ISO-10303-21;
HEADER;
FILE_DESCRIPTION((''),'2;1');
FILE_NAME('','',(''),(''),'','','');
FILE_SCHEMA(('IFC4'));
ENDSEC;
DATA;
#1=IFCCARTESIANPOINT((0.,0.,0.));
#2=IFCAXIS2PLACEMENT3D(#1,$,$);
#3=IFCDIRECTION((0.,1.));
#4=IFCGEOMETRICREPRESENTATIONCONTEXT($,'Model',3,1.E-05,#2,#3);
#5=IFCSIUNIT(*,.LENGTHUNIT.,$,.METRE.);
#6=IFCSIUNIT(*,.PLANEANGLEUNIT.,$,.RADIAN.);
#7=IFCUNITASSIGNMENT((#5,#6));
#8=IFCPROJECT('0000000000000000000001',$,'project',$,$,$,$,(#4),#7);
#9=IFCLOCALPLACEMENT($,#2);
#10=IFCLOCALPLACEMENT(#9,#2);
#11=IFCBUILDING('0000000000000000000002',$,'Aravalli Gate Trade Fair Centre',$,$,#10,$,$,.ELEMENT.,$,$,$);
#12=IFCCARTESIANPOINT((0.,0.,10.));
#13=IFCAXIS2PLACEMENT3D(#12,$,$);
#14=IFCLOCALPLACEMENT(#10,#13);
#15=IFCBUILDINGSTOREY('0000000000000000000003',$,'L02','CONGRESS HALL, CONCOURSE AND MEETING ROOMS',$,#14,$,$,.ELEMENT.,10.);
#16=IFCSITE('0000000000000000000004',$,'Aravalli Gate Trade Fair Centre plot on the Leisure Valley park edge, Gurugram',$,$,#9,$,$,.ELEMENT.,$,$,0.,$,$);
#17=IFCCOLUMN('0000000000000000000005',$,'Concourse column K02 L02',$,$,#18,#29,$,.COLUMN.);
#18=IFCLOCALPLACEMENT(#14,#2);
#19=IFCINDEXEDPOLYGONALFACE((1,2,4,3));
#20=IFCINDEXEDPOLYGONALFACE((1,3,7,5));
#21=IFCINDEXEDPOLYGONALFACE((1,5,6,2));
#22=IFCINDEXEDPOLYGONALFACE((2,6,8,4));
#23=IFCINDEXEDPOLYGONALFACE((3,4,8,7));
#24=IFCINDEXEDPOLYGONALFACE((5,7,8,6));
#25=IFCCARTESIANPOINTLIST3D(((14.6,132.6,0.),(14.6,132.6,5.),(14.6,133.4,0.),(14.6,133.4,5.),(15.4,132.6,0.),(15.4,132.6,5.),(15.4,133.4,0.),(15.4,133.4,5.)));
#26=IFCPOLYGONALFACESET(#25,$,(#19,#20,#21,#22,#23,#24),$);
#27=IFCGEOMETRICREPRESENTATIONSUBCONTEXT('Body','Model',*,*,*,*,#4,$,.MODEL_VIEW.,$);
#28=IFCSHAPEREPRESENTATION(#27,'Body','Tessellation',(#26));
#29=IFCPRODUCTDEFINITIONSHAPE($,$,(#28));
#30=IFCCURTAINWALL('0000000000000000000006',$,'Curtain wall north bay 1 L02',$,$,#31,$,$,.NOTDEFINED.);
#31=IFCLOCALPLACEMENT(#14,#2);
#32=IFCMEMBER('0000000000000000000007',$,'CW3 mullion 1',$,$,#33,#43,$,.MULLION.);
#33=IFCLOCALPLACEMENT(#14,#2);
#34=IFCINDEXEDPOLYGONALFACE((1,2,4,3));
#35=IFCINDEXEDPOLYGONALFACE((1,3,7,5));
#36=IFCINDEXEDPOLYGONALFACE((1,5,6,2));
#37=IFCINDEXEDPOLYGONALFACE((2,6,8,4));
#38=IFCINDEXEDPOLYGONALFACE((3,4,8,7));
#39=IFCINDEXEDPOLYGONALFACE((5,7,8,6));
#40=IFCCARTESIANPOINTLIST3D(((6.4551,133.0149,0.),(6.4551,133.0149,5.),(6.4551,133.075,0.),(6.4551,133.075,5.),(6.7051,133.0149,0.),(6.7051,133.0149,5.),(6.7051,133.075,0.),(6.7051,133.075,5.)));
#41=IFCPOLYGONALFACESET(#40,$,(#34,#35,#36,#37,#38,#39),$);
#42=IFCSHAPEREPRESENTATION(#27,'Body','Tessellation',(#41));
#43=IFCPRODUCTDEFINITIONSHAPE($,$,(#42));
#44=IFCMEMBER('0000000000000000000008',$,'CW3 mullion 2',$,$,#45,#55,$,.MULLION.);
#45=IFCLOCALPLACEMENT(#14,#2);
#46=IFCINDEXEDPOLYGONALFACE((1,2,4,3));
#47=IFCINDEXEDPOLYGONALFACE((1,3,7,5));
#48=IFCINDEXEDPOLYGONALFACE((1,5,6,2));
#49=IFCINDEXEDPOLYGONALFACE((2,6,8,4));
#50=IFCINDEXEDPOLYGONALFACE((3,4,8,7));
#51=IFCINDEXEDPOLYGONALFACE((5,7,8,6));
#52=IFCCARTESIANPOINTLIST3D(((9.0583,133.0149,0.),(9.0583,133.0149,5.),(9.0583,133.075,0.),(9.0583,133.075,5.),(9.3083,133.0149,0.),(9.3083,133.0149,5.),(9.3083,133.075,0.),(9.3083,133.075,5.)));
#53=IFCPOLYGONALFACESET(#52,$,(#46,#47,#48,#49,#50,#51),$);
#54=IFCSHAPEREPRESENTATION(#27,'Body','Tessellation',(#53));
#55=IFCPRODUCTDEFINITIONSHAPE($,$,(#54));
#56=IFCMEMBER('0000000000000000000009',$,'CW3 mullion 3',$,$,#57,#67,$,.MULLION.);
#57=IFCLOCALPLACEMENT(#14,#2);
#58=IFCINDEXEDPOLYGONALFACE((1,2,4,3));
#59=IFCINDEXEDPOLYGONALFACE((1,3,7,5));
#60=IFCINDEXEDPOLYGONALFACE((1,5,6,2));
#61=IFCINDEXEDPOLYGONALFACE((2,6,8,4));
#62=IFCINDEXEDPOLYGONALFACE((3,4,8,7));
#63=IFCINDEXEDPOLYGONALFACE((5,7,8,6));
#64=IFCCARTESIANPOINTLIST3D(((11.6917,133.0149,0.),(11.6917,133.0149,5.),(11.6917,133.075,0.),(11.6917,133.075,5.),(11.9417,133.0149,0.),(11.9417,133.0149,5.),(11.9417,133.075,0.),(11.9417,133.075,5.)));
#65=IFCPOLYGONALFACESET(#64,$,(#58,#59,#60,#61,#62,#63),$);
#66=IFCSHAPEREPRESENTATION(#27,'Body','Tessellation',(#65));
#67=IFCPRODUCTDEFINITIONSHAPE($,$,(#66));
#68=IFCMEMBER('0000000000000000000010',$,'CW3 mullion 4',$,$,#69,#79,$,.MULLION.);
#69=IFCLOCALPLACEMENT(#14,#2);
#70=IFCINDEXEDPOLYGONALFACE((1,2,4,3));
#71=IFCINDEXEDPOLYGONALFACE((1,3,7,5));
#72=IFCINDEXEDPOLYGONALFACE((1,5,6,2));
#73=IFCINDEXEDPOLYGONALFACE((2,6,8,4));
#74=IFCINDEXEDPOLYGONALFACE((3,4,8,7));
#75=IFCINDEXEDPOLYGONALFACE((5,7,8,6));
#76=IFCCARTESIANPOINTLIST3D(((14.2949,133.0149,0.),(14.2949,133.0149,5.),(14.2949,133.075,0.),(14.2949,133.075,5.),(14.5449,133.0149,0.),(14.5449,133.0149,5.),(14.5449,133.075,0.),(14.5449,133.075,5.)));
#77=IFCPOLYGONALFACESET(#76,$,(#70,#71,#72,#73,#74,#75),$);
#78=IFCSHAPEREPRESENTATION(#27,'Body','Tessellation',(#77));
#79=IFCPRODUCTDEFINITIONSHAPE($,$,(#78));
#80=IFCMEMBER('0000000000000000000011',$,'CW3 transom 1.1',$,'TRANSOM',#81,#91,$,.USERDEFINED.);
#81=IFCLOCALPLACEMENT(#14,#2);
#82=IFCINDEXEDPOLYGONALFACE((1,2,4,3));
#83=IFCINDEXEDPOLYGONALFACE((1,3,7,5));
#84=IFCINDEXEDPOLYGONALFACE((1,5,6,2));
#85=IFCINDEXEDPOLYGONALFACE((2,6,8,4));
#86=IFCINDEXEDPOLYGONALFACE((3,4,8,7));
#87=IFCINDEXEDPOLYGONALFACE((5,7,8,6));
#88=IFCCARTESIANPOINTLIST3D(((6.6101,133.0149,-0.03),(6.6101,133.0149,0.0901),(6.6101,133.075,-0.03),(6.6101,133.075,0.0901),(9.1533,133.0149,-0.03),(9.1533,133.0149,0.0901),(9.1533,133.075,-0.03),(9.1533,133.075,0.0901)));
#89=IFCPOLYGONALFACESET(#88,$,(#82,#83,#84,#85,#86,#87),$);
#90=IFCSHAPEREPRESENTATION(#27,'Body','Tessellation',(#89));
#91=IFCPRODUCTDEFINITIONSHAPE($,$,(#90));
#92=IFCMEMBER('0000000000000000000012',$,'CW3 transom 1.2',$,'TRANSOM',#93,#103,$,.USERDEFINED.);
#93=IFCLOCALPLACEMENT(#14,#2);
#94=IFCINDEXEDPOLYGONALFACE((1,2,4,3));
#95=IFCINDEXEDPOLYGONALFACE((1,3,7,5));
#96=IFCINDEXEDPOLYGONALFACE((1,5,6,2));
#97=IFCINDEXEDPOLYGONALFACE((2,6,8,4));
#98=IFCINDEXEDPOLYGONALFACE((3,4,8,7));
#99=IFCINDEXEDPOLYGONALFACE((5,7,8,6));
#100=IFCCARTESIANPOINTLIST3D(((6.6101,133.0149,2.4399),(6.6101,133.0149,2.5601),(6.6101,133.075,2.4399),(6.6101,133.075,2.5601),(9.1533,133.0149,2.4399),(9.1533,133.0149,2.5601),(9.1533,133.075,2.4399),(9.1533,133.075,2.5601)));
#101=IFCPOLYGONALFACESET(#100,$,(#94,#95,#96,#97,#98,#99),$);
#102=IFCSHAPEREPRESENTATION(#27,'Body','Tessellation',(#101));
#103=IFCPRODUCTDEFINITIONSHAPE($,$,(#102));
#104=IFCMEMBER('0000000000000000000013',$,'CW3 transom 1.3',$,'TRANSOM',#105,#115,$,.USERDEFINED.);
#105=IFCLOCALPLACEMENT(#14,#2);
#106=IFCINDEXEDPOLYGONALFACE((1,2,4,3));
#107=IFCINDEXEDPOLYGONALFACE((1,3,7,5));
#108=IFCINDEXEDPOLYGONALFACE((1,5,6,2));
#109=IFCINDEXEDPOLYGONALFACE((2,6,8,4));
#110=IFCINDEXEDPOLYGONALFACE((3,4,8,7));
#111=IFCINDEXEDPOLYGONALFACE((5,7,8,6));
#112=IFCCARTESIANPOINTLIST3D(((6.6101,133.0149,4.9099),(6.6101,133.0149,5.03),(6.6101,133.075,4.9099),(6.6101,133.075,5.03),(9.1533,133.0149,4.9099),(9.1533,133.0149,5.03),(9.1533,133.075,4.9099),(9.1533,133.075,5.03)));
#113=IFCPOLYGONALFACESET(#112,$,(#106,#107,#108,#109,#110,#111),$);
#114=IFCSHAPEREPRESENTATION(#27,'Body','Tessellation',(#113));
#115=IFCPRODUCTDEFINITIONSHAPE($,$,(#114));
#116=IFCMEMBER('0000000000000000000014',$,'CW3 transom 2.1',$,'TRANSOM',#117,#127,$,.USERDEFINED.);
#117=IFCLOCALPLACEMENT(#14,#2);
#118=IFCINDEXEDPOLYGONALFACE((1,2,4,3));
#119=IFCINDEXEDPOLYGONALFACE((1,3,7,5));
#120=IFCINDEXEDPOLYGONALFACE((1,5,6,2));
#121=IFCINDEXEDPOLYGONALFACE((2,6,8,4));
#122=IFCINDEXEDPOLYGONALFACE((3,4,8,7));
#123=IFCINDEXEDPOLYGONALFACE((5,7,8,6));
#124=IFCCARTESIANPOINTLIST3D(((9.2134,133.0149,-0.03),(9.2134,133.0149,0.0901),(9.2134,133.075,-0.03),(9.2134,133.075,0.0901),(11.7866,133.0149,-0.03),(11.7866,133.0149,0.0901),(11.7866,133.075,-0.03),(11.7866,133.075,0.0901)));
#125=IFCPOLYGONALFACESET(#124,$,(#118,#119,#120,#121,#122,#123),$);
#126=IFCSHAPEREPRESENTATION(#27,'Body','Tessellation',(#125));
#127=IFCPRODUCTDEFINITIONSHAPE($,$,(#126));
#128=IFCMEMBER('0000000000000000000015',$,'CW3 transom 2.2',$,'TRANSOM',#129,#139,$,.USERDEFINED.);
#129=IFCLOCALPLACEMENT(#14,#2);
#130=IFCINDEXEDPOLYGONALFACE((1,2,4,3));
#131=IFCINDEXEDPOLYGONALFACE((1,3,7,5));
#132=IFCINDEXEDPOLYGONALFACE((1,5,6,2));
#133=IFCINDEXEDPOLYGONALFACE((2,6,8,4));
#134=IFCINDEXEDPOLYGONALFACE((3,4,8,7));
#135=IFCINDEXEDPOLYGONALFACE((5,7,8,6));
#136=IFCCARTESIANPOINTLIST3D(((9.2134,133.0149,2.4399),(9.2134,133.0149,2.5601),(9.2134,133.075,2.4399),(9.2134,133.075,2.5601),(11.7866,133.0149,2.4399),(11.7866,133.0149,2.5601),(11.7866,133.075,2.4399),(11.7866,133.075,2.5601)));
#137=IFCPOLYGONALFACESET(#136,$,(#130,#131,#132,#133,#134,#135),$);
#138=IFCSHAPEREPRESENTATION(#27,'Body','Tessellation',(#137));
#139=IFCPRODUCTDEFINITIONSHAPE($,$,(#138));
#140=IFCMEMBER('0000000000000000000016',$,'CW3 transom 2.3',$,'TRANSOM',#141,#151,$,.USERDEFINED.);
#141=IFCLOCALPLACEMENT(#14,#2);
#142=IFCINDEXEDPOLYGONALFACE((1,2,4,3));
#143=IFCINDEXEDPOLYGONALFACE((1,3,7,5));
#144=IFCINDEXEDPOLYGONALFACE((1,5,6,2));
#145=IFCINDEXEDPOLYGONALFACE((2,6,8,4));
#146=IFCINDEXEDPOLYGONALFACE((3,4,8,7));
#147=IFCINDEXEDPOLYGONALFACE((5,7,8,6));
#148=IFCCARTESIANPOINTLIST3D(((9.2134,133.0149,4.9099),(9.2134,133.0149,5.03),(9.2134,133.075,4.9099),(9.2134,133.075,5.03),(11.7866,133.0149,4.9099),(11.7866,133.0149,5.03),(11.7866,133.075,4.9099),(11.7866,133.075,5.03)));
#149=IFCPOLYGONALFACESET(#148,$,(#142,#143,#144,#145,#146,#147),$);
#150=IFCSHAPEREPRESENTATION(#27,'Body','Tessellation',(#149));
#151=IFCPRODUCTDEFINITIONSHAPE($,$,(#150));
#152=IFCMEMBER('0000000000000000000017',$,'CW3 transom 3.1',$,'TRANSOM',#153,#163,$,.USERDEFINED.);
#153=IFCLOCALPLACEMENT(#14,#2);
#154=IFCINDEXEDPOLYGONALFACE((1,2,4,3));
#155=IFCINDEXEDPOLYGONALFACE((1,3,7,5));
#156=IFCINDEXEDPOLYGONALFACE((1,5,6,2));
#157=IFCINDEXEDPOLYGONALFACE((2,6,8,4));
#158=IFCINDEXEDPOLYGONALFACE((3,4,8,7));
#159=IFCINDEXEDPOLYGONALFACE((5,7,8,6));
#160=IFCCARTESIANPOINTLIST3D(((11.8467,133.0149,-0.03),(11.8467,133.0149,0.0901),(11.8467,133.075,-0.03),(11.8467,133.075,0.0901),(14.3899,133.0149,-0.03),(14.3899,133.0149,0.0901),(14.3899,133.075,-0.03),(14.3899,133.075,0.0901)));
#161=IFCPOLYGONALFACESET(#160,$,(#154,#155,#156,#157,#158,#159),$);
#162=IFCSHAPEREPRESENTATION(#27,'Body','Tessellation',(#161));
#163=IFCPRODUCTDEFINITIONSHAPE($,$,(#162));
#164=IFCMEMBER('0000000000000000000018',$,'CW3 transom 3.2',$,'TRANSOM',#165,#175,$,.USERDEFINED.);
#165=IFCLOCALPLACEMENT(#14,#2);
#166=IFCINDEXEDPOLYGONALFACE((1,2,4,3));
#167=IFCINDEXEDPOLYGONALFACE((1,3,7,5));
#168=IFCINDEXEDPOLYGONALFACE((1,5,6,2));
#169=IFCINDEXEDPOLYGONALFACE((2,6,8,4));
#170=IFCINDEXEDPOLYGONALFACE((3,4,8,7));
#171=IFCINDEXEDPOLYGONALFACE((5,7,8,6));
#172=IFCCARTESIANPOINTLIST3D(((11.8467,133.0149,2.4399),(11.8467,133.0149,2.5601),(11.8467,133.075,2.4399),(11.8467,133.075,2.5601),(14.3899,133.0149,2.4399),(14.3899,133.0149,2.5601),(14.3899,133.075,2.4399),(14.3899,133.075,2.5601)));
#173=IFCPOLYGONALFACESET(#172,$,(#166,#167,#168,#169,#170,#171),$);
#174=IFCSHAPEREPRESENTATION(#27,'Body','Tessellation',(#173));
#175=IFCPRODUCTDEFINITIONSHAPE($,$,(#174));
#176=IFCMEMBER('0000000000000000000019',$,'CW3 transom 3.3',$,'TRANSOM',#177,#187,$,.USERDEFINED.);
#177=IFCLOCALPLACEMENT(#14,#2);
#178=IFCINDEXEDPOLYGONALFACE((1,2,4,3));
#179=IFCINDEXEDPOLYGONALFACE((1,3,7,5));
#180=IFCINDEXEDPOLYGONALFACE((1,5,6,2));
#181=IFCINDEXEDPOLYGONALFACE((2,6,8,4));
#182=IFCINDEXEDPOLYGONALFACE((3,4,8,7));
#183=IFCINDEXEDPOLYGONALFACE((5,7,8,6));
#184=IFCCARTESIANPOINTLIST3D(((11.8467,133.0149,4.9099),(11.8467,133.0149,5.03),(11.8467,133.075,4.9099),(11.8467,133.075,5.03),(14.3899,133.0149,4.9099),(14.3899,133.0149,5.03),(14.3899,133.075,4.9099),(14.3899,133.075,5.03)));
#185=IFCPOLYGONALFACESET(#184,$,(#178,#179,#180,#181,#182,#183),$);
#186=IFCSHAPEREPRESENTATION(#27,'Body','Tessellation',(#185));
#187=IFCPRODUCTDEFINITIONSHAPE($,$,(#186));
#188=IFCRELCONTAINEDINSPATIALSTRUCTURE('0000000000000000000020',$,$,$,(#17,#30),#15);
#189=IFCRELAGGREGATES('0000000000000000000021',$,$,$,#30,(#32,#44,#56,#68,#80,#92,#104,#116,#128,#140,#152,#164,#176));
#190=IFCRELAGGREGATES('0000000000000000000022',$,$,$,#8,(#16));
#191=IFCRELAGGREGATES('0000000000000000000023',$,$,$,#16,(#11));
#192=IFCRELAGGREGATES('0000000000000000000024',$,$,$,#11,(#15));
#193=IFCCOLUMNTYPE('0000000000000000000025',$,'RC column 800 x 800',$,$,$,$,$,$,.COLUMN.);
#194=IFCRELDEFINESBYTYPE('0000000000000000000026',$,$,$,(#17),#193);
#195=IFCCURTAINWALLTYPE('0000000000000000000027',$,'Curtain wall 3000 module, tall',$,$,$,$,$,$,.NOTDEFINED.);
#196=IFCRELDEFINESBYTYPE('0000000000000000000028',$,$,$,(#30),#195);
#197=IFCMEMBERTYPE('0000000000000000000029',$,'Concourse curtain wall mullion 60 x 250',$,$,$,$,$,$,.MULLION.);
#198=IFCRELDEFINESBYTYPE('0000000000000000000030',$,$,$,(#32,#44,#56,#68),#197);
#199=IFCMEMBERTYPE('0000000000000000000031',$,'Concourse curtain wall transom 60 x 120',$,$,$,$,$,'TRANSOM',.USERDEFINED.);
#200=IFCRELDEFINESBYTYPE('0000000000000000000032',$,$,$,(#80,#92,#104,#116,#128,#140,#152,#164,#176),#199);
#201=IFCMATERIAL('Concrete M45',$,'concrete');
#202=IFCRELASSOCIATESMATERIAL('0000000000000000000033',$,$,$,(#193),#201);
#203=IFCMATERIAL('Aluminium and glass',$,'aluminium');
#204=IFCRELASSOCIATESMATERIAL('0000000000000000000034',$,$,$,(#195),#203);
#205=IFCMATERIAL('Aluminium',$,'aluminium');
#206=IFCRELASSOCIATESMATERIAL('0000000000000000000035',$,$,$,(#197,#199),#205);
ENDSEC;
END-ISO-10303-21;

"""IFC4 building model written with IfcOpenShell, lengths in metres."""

from ifc_helpers import new_model, si_unit, direction, frame, origin, origin_2d, place, context, subcontext, project, spatial, rectangle, extrude, material, material_profile, profile_set, type_object, element, aggregate, save


model = new_model("IFC4")

# Units and contexts
model_context = context("Model", 3, precision=1e-05, world=origin(), true_north=direction((0.0, 1.0)))
body_context = subcontext(model_context, "Body", "Model", "MODEL_VIEW")
ifc_project = project(units=[si_unit("LENGTHUNIT", "METRE"), si_unit("PLANEANGLEUNIT", "RADIAN")], contexts=[model_context])

# Site, building, storey
site_placement = place(None, origin())
site = spatial("IfcSite", under=ifc_project, at=site_placement, Name="Aravalli Gate Trade Fair Centre plot on the Leisure Valley park edge, Gurugram", CompositionType="ELEMENT", RefElevation=0.0)
building_placement = place(site_placement, origin())
building = spatial("IfcBuilding", under=site, at=building_placement, Name="Aravalli Gate Trade Fair Centre", CompositionType="ELEMENT")
storey_placement = place(building_placement, frame((0.0, 0.0, 10.0)))
storey = spatial("IfcBuildingStorey", under=building, at=storey_placement, Name="L02", Description="CONGRESS HALL, CONCOURSE AND MEETING ROOMS", CompositionType="ELEMENT", Elevation=10.0)

# Column
ifc_material_1 = material(Name="Concrete M45", Category="concrete")
ifc_material_profile_1 = material_profile(ifc_material_1, rectangle(XDim=0.8, YDim=0.8, at=origin_2d()), Name="RC column 800 x 800")
ifc_profile_set_1 = profile_set([ifc_material_profile_1], Name="Concrete M45")
column_type = type_object("IfcColumnType", Name="RC column 800 x 800", PredefinedType="COLUMN", material=ifc_profile_set_1)
column_placement = place(storey_placement, frame((15.0, 133.0, 0.0), z_axis=(0.0, 0.0, 1.0), x_axis=(1.0, 0.0, 0.0)))
element("IfcColumn", 1, at=column_placement, inside=storey, type_object=column_type, Name="Concourse column K02 L02", PredefinedType="COLUMN", context=body_context, shape_type="SweptSolid", body=[
    extrude(rectangle(XDim=0.8, YDim=0.8, at=origin_2d()), origin(), (0.0, 0.0, 1.0), 5.0),
])

# Curtain wall, members
ifc_material_2 = material(Name="Aluminium and glass", Category="aluminium")
curtain_wall_type = type_object("IfcCurtainWallType", Name="Curtain wall 3000 module, tall", PredefinedType="NOTDEFINED", material=ifc_material_2)
curtain_wall_placement = place(storey_placement, origin())
curtain_wall = element("IfcCurtainWall", 2, at=curtain_wall_placement, inside=storey, type_object=curtain_wall_type, Name="Curtain wall north bay 1 L02", PredefinedType="NOTDEFINED")
ifc_material_3 = material(Name="Aluminium", Category="aluminium")
ifc_material_profile_2 = material_profile(ifc_material_3, rectangle(XDim=0.0601, YDim=0.25, at=origin_2d()), Name="Concourse curtain wall mullion 60 x 250")
ifc_profile_set_2 = profile_set([ifc_material_profile_2], Name="Aluminium")
member_type_1 = type_object("IfcMemberType", Name="Concourse curtain wall mullion 60 x 250", PredefinedType="MULLION", material=ifc_profile_set_2)
member_1_placement = place(storey_placement, frame((6.5801, 133.0449, 0.0), z_axis=(0.0, 0.0, 1.0), x_axis=(0.0, 1.0, 0.0)))
member_1 = element("IfcMember", 3, at=member_1_placement, type_object=member_type_1, Name="CW3 mullion 1", PredefinedType="MULLION", context=body_context, shape_type="SweptSolid", body=[
    extrude(rectangle(XDim=0.0601, YDim=0.25, at=origin_2d()), origin(), (0.0, 0.0, 1.0), 5.0),
])
member_2_placement = place(storey_placement, frame((9.1833, 133.0449, 0.0), z_axis=(0.0, 0.0, 1.0), x_axis=(0.0, 1.0, 0.0)))
member_2 = element("IfcMember", 4, at=member_2_placement, type_object=member_type_1, Name="CW3 mullion 2", PredefinedType="MULLION", context=body_context, shape_type="SweptSolid", body=[
    extrude(rectangle(XDim=0.0601, YDim=0.25, at=origin_2d()), origin(), (0.0, 0.0, 1.0), 5.0),
])
member_3_placement = place(storey_placement, frame((11.8167, 133.0449, 0.0), z_axis=(0.0, 0.0, 1.0), x_axis=(0.0, 1.0, 0.0)))
member_3 = element("IfcMember", 5, at=member_3_placement, type_object=member_type_1, Name="CW3 mullion 3", PredefinedType="MULLION", context=body_context, shape_type="SweptSolid", body=[
    extrude(rectangle(XDim=0.0601, YDim=0.25, at=origin_2d()), origin(), (0.0, 0.0, 1.0), 5.0),
])
member_4_placement = place(storey_placement, frame((14.4199, 133.0449, 0.0), z_axis=(0.0, 0.0, 1.0), x_axis=(0.0, 1.0, 0.0)))
member_4 = element("IfcMember", 6, at=member_4_placement, type_object=member_type_1, Name="CW3 mullion 4", PredefinedType="MULLION", context=body_context, shape_type="SweptSolid", body=[
    extrude(rectangle(XDim=0.0601, YDim=0.25, at=origin_2d()), origin(), (0.0, 0.0, 1.0), 5.0),
])
ifc_material_profile_3 = material_profile(ifc_material_3, rectangle(XDim=0.0601, YDim=0.1201, at=origin_2d()), Name="Concourse curtain wall transom 60 x 120")
ifc_profile_set_3 = profile_set([ifc_material_profile_3], Name="Aluminium")
member_type_2 = type_object("IfcMemberType", Name="Concourse curtain wall transom 60 x 120", ElementType="TRANSOM", PredefinedType="USERDEFINED", material=ifc_profile_set_3)
member_5_placement = place(storey_placement, frame((6.6101, 133.0449, 0.03), z_axis=(1.0, 0.0, 0.0), x_axis=(0.0, 1.0, 0.0)))
member_5 = element("IfcMember", 7, at=member_5_placement, type_object=member_type_2, Name="CW3 transom 1.1", ObjectType="TRANSOM", PredefinedType="USERDEFINED", context=body_context, shape_type="SweptSolid", body=[
    extrude(rectangle(XDim=0.0601, YDim=0.1201, at=origin_2d()), origin(), (0.0, 0.0, 1.0), 2.5432),
])
member_6_placement = place(storey_placement, frame((6.6101, 133.0449, 2.5), z_axis=(1.0, 0.0, 0.0), x_axis=(0.0, 1.0, 0.0)))
member_6 = element("IfcMember", 8, at=member_6_placement, type_object=member_type_2, Name="CW3 transom 1.2", ObjectType="TRANSOM", PredefinedType="USERDEFINED", context=body_context, shape_type="SweptSolid", body=[
    extrude(rectangle(XDim=0.0601, YDim=0.1201, at=origin_2d()), origin(), (0.0, 0.0, 1.0), 2.5432),
])
member_7_placement = place(storey_placement, frame((6.6101, 133.0449, 4.97), z_axis=(1.0, 0.0, 0.0), x_axis=(0.0, 1.0, 0.0)))
member_7 = element("IfcMember", 9, at=member_7_placement, type_object=member_type_2, Name="CW3 transom 1.3", ObjectType="TRANSOM", PredefinedType="USERDEFINED", context=body_context, shape_type="SweptSolid", body=[
    extrude(rectangle(XDim=0.0601, YDim=0.1201, at=origin_2d()), origin(), (0.0, 0.0, 1.0), 2.5432),
])
member_8_placement = place(storey_placement, frame((9.2134, 133.0449, 0.03), z_axis=(1.0, 0.0, 0.0), x_axis=(0.0, 1.0, 0.0)))
member_8 = element("IfcMember", 10, at=member_8_placement, type_object=member_type_2, Name="CW3 transom 2.1", ObjectType="TRANSOM", PredefinedType="USERDEFINED", context=body_context, shape_type="SweptSolid", body=[
    extrude(rectangle(XDim=0.0601, YDim=0.1201, at=origin_2d()), origin(), (0.0, 0.0, 1.0), 2.5732),
])
member_9_placement = place(storey_placement, frame((9.2134, 133.0449, 2.5), z_axis=(1.0, 0.0, 0.0), x_axis=(0.0, 1.0, 0.0)))
member_9 = element("IfcMember", 11, at=member_9_placement, type_object=member_type_2, Name="CW3 transom 2.2", ObjectType="TRANSOM", PredefinedType="USERDEFINED", context=body_context, shape_type="SweptSolid", body=[
    extrude(rectangle(XDim=0.0601, YDim=0.1201, at=origin_2d()), origin(), (0.0, 0.0, 1.0), 2.5732),
])
member_10_placement = place(storey_placement, frame((9.2134, 133.0449, 4.97), z_axis=(1.0, 0.0, 0.0), x_axis=(0.0, 1.0, 0.0)))
member_10 = element("IfcMember", 12, at=member_10_placement, type_object=member_type_2, Name="CW3 transom 2.3", ObjectType="TRANSOM", PredefinedType="USERDEFINED", context=body_context, shape_type="SweptSolid", body=[
    extrude(rectangle(XDim=0.0601, YDim=0.1201, at=origin_2d()), origin(), (0.0, 0.0, 1.0), 2.5732),
])
member_11_placement = place(storey_placement, frame((11.8467, 133.0449, 0.03), z_axis=(1.0, 0.0, 0.0), x_axis=(0.0, 1.0, 0.0)))
member_11 = element("IfcMember", 13, at=member_11_placement, type_object=member_type_2, Name="CW3 transom 3.1", ObjectType="TRANSOM", PredefinedType="USERDEFINED", context=body_context, shape_type="SweptSolid", body=[
    extrude(rectangle(XDim=0.0601, YDim=0.1201, at=origin_2d()), origin(), (0.0, 0.0, 1.0), 2.5432),
])
member_12_placement = place(storey_placement, frame((11.8467, 133.0449, 2.5), z_axis=(1.0, 0.0, 0.0), x_axis=(0.0, 1.0, 0.0)))
member_12 = element("IfcMember", 14, at=member_12_placement, type_object=member_type_2, Name="CW3 transom 3.2", ObjectType="TRANSOM", PredefinedType="USERDEFINED", context=body_context, shape_type="SweptSolid", body=[
    extrude(rectangle(XDim=0.0601, YDim=0.1201, at=origin_2d()), origin(), (0.0, 0.0, 1.0), 2.5432),
])
member_13_placement = place(storey_placement, frame((11.8467, 133.0449, 4.97), z_axis=(1.0, 0.0, 0.0), x_axis=(0.0, 1.0, 0.0)))
member_13 = element("IfcMember", 15, at=member_13_placement, type_object=member_type_2, Name="CW3 transom 3.3", ObjectType="TRANSOM", PredefinedType="USERDEFINED", context=body_context, shape_type="SweptSolid", body=[
    extrude(rectangle(XDim=0.0601, YDim=0.1201, at=origin_2d()), origin(), (0.0, 0.0, 1.0), 2.5432),
])

aggregate(curtain_wall, [member_1, member_2, member_3, member_4, member_5, member_6, member_7, member_8, member_9, member_10, member_11, member_12, member_13])

save(model, "model.ifc")
